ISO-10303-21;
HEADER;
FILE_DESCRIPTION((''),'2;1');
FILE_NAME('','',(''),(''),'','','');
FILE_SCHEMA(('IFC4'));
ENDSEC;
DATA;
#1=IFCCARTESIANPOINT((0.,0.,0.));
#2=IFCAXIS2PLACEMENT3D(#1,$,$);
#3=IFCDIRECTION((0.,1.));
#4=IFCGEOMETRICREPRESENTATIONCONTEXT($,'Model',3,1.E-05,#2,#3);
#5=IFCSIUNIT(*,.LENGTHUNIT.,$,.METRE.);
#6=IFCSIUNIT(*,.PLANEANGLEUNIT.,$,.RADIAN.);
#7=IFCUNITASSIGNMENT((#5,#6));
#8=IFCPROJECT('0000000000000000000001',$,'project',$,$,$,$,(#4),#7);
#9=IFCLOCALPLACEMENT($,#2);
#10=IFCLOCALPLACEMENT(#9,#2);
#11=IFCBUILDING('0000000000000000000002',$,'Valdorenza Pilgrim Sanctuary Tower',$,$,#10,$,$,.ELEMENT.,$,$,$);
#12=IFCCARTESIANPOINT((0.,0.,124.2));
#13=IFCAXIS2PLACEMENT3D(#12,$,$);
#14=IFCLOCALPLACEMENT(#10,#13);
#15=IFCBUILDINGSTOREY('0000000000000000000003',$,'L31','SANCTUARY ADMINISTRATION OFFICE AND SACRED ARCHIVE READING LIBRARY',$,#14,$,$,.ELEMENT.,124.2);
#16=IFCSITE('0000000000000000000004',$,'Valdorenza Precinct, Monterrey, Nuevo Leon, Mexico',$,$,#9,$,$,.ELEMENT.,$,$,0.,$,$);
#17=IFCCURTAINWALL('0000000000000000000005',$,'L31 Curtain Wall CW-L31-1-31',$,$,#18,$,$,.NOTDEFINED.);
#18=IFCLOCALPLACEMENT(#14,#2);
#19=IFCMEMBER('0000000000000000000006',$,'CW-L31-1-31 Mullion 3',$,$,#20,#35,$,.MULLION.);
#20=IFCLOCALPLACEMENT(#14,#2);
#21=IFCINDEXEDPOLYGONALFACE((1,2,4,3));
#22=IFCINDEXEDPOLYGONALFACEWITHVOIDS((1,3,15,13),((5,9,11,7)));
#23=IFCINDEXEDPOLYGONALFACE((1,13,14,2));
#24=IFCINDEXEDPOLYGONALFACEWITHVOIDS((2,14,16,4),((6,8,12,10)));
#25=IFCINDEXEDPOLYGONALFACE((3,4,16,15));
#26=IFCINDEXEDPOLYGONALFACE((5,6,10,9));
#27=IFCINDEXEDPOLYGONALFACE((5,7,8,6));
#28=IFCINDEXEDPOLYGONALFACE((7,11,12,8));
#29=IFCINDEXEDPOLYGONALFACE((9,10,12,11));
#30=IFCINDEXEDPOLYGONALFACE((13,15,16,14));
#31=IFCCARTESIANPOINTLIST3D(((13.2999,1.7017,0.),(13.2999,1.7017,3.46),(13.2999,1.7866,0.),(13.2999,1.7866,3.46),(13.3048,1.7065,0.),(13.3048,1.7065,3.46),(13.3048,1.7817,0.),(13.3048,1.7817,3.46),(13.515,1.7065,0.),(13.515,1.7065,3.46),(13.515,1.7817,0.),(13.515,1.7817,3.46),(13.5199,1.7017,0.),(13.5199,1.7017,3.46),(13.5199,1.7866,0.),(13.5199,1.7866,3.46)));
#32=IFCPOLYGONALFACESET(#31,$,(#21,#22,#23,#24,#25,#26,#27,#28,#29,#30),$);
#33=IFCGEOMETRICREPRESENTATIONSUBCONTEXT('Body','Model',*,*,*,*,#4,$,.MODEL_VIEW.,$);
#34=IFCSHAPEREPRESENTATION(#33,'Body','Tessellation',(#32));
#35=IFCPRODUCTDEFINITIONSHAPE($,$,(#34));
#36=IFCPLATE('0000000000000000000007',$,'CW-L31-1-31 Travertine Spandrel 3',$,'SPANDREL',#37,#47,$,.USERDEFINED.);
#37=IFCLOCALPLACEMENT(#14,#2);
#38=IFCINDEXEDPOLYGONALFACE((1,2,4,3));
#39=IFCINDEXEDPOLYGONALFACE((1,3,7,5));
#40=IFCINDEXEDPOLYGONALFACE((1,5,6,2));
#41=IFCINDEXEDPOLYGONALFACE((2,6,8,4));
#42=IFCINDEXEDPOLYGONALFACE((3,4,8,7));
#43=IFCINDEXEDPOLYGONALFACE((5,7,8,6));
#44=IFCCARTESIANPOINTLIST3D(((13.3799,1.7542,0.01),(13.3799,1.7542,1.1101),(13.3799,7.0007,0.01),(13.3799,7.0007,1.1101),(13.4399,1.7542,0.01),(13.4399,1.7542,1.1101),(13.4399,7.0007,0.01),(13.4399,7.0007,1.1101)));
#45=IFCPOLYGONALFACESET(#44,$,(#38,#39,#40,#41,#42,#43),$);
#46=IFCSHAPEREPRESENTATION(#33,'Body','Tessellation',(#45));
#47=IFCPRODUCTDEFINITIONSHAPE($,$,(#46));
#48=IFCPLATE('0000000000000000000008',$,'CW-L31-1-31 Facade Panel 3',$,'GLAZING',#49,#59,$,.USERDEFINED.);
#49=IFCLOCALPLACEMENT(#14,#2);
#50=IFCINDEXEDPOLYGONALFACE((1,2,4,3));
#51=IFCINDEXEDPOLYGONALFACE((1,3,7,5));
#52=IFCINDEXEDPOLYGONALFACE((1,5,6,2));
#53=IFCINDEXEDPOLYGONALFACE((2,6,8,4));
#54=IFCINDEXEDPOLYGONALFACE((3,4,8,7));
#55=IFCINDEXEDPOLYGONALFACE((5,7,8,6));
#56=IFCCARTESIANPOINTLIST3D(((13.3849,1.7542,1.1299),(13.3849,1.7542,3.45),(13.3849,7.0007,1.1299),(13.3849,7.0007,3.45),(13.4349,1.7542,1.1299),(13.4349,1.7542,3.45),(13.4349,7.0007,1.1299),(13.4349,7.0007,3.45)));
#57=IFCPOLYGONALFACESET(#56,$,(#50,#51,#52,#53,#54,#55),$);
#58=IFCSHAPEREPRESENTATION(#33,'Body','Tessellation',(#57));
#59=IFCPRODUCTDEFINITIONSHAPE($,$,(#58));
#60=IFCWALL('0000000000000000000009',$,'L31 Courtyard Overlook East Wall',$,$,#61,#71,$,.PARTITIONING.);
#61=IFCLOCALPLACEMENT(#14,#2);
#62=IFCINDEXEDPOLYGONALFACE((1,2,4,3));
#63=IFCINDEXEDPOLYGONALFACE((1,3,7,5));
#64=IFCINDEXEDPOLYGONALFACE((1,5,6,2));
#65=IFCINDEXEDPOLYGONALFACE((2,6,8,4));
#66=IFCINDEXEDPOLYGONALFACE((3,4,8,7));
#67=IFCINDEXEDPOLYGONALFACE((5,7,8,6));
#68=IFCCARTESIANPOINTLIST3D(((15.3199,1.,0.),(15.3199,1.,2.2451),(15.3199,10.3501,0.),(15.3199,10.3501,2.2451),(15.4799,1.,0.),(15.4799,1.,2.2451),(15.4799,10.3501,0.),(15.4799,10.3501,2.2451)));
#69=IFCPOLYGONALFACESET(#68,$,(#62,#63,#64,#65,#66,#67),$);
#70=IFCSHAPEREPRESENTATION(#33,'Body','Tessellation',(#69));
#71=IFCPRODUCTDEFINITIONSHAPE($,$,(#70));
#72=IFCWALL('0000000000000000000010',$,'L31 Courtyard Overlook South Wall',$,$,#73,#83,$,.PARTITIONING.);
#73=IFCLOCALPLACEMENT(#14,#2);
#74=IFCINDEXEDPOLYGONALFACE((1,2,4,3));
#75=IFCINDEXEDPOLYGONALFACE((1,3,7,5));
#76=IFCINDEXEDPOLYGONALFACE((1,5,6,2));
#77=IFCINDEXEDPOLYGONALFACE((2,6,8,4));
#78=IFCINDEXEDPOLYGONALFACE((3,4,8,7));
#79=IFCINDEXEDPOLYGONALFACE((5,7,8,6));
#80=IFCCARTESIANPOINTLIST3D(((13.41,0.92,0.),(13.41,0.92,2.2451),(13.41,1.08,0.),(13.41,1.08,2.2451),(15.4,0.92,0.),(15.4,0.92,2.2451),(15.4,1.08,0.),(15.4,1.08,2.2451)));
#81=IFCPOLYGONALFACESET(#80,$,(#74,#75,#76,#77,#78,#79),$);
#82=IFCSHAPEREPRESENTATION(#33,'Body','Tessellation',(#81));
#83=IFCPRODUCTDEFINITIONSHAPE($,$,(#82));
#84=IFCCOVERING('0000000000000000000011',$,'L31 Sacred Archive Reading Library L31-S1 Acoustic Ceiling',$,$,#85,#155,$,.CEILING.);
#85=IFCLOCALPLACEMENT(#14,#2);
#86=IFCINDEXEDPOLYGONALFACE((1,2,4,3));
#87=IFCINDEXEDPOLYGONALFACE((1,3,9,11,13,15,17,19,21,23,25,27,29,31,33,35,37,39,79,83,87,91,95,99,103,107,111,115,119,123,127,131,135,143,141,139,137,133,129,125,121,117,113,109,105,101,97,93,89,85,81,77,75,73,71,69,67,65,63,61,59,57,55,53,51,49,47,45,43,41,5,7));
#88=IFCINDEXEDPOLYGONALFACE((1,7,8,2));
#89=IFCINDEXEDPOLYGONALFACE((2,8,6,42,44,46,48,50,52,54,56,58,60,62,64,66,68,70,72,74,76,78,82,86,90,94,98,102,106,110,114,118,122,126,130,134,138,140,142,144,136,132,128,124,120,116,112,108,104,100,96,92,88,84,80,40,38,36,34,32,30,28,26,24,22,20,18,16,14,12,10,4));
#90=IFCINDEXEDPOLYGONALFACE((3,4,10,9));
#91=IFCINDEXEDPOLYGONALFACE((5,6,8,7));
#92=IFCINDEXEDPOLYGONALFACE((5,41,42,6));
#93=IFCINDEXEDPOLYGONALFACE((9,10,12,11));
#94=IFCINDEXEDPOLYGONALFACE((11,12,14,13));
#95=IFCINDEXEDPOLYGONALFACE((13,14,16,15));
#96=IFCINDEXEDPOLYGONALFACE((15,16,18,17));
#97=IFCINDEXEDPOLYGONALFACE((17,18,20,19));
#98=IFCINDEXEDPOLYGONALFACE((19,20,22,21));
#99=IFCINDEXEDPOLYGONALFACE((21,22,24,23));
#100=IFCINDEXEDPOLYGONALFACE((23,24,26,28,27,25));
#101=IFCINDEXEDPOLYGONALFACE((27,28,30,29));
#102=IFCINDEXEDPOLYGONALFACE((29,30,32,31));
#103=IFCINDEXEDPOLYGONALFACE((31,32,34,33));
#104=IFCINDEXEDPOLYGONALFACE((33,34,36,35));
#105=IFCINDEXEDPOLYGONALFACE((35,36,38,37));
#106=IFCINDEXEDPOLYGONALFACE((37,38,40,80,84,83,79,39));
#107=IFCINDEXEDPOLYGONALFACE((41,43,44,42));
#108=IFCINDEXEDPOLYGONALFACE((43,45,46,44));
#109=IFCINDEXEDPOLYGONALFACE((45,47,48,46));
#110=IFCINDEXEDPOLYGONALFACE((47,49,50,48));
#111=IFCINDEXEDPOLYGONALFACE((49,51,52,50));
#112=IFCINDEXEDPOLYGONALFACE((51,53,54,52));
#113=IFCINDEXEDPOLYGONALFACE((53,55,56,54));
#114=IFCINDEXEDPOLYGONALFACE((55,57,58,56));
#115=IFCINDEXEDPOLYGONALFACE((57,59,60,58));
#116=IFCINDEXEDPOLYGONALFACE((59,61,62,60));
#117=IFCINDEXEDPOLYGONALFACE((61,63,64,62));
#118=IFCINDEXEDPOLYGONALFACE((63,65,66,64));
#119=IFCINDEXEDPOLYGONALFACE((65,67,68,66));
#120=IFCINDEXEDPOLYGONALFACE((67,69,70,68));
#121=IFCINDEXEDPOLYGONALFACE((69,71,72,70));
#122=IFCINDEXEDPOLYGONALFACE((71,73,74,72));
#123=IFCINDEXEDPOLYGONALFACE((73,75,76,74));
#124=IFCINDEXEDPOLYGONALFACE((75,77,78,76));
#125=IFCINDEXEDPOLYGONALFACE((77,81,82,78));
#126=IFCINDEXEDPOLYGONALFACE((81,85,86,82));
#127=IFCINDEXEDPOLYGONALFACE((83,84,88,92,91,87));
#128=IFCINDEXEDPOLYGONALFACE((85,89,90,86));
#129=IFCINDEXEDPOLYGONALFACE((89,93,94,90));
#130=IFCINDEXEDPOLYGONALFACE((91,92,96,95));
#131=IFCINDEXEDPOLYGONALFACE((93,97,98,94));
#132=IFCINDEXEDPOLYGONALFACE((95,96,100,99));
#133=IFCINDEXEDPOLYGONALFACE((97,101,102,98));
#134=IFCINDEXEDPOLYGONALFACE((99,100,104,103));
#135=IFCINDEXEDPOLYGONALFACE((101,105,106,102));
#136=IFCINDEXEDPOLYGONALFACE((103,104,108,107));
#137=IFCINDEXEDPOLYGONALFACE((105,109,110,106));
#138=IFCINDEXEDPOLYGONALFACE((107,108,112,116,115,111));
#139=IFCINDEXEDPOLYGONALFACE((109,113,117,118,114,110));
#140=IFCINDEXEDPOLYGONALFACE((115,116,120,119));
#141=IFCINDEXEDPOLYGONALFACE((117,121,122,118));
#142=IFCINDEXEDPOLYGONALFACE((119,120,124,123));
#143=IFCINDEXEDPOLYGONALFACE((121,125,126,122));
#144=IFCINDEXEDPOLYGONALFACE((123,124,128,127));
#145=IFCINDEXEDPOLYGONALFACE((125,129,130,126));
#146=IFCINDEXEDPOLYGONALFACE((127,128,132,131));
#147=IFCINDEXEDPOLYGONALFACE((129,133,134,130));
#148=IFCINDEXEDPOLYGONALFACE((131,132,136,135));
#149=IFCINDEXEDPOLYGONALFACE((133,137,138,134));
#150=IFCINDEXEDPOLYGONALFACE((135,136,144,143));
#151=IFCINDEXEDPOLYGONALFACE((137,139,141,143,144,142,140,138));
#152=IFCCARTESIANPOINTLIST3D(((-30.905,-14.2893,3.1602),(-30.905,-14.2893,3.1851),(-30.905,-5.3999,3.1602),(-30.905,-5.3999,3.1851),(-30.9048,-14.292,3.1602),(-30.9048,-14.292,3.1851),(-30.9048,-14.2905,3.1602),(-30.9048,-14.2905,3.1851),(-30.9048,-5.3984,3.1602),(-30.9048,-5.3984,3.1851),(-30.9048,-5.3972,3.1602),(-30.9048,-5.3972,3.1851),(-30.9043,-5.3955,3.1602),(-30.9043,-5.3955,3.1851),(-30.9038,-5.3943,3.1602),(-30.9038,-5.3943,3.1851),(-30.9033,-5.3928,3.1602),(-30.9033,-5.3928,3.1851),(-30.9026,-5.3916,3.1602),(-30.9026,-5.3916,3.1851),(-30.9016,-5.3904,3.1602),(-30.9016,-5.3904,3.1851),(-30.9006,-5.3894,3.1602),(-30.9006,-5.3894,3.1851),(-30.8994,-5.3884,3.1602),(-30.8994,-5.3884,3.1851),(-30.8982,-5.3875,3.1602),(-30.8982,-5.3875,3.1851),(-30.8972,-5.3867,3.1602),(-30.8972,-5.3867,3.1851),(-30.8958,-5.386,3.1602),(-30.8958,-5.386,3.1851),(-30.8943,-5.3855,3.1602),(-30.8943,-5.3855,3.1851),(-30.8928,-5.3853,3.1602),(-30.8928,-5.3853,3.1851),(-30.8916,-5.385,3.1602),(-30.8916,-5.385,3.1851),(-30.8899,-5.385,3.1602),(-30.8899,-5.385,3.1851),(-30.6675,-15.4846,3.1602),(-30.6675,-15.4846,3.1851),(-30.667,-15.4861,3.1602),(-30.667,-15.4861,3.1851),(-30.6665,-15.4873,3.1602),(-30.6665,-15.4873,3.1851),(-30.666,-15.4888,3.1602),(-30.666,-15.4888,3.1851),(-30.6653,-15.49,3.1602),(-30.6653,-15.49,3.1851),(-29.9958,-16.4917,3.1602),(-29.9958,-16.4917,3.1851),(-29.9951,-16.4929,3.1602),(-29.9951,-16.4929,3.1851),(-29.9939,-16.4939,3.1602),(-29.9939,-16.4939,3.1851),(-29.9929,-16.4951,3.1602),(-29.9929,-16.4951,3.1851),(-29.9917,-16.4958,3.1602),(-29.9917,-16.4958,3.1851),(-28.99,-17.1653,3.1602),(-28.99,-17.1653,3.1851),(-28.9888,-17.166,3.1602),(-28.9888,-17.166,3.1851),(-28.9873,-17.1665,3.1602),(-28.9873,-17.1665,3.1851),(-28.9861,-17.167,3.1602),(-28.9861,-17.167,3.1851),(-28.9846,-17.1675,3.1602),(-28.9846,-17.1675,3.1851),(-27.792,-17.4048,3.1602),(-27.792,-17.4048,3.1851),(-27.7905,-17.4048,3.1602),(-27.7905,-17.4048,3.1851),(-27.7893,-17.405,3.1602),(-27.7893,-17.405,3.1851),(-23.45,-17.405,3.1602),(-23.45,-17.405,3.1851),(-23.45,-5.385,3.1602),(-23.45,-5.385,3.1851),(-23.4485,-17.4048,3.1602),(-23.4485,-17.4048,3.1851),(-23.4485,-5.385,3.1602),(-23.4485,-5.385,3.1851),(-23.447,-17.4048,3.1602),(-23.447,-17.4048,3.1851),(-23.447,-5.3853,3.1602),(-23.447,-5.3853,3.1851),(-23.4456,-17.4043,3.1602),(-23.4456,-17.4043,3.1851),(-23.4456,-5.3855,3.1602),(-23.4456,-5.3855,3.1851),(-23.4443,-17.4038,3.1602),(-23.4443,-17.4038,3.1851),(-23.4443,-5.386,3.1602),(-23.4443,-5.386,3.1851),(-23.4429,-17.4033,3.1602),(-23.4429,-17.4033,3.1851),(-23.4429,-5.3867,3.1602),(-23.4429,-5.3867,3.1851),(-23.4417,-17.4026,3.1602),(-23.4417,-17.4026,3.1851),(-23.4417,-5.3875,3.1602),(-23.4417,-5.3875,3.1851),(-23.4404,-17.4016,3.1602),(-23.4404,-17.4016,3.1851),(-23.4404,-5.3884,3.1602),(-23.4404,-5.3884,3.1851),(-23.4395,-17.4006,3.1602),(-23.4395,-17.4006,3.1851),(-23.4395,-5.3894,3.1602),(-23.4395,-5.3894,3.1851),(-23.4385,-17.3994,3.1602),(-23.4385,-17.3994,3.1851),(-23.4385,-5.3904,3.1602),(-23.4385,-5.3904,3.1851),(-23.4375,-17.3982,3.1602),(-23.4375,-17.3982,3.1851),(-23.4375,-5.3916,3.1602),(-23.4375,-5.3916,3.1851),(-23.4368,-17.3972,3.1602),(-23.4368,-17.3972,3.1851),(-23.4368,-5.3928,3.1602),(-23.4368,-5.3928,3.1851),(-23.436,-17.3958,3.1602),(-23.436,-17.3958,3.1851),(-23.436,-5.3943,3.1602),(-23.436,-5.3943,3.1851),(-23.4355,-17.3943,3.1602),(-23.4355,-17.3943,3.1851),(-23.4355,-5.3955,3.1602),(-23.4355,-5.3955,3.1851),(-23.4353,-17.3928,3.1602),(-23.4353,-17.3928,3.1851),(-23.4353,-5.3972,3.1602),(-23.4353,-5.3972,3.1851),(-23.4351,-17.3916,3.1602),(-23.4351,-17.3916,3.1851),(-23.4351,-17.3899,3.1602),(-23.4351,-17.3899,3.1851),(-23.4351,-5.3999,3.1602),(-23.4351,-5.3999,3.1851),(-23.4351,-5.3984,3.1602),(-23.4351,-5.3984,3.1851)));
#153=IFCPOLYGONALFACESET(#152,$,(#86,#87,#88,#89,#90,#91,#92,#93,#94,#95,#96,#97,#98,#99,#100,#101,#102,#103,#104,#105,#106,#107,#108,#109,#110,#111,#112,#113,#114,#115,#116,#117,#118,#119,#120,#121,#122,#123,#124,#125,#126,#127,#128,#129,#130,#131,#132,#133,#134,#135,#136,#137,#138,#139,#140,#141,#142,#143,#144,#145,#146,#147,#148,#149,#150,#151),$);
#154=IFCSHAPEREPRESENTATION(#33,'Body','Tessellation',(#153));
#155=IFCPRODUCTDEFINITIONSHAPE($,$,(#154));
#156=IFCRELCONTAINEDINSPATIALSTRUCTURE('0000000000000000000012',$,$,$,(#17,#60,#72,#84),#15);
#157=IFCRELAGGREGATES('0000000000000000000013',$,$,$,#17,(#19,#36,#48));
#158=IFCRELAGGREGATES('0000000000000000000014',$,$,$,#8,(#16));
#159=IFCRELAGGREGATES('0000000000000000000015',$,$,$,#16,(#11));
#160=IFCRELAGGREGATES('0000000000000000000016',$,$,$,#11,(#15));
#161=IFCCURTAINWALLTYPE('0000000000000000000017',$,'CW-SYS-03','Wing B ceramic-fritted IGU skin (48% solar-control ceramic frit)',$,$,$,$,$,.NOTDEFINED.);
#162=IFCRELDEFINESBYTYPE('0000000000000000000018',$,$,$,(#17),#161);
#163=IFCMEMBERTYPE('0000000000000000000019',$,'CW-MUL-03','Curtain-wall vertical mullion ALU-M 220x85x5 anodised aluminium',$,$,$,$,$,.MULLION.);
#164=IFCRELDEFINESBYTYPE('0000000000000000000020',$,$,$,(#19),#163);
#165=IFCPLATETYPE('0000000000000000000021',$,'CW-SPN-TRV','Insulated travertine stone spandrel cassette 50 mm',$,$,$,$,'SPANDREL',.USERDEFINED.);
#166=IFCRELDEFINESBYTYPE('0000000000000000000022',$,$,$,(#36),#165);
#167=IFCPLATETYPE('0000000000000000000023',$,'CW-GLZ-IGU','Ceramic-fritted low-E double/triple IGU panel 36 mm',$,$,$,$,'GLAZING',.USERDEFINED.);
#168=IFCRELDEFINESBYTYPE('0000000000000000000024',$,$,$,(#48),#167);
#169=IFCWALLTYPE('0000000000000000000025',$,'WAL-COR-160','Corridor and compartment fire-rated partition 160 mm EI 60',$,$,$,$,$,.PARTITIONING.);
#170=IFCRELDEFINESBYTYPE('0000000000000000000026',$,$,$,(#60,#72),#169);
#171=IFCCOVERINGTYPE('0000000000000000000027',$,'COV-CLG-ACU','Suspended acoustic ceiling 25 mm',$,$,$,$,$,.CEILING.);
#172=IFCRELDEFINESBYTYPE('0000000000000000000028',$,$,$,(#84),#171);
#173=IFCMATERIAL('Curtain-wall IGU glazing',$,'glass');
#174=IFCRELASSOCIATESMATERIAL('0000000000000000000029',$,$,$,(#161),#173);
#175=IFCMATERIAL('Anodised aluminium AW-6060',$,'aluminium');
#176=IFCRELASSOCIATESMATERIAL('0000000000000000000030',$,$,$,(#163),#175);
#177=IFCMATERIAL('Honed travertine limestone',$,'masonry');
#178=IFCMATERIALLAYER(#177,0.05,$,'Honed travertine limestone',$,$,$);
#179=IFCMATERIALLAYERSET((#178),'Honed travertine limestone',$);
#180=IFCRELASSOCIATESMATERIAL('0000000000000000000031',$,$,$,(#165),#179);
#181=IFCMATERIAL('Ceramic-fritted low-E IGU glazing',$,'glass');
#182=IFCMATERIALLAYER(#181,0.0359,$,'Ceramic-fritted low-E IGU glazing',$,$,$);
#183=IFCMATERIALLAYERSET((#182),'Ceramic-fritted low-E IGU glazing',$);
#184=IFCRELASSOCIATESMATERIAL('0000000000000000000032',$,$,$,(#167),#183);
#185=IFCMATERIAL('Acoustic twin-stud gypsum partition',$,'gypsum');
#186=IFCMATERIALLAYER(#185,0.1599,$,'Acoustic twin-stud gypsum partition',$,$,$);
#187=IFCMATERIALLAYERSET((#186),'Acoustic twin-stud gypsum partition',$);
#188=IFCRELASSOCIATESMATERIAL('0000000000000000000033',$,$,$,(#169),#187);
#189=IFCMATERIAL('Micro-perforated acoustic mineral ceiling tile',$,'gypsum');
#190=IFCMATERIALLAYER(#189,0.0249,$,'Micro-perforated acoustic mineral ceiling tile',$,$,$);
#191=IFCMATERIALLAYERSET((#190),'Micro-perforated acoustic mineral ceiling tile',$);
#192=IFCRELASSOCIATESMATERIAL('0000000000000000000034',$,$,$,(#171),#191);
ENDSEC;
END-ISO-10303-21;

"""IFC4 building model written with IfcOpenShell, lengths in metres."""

from ifc_helpers import new_model, si_unit, direction, frame, frame_2d, origin, origin_2d, place, context, subcontext, project, spatial, polyline, rectangle, hollow_rectangle, outline, extrude, source, transform, mapped, material, layer, layer_set, material_profile, profile_set, type_object, element, aggregate, save


model = new_model("IFC4")

# Units and contexts
model_context = context("Model", 3, precision=1e-05, world=origin(), true_north=direction((0.0, 1.0)))
body_context = subcontext(model_context, "Body", "Model", "MODEL_VIEW")
ifc_project = project(units=[si_unit("LENGTHUNIT", "METRE"), si_unit("PLANEANGLEUNIT", "RADIAN")], contexts=[model_context])

# Site, building, storey
site_placement = place(None, origin())
site = spatial("IfcSite", under=ifc_project, at=site_placement, Name="Valdorenza Precinct, Monterrey, Nuevo Leon, Mexico", CompositionType="ELEMENT", RefElevation=0.0)
building_placement = place(site_placement, origin())
building = spatial("IfcBuilding", under=site, at=building_placement, Name="Valdorenza Pilgrim Sanctuary Tower", CompositionType="ELEMENT")
storey_placement = place(building_placement, frame((0.0, 0.0, 124.2)))
storey = spatial("IfcBuildingStorey", under=building, at=storey_placement, Name="L31", Description="SANCTUARY ADMINISTRATION OFFICE AND SACRED ARCHIVE READING LIBRARY", CompositionType="ELEMENT", Elevation=124.2)

# Curtain wall, member, plates
ifc_material_1 = material(Name="Curtain-wall IGU glazing", Category="glass")
curtain_wall_type = type_object("IfcCurtainWallType", Name="CW-SYS-03", Description="Wing B ceramic-fritted IGU skin (48% solar-control ceramic frit)", PredefinedType="NOTDEFINED", material=ifc_material_1)
curtain_wall_placement = place(storey_placement, origin())
curtain_wall = element("IfcCurtainWall", 1, at=curtain_wall_placement, inside=storey, type_object=curtain_wall_type, Name="L31 Curtain Wall CW-L31-1-31", PredefinedType="NOTDEFINED")
ifc_material_2 = material(Name="Anodised aluminium AW-6060", Category="aluminium")
ifc_material_profile = material_profile(ifc_material_2, hollow_rectangle(XDim=0.085, YDim=0.22, WallThickness=0.0049, at=origin_2d()), Name="ALU-M 220x85x5")
ifc_profile_set = profile_set([ifc_material_profile], Name="Anodised aluminium AW-6060")
member_type = type_object("IfcMemberType", Name="CW-MUL-03", Description="Curtain-wall vertical mullion ALU-M 220x85x5 anodised aluminium", PredefinedType="MULLION", material=ifc_profile_set)
shared_shape_1 = source(origin(), body_context, "Body", "SweptSolid", [
    extrude(hollow_rectangle(XDim=0.085, YDim=0.22, WallThickness=0.0049, at=origin_2d()), origin(), (0.0, 0.0, 1.0), 3.46),
])
member_placement = place(storey_placement, frame((13.4099, 1.7441, 0.0), z_axis=(0.0, 0.0, 1.0), x_axis=(0.0, 1.0, 0.0)))
member = element("IfcMember", 2, at=member_placement, type_object=member_type, Name="CW-L31-1-31 Mullion 3", PredefinedType="MULLION", context=body_context, shape_type="MappedRepresentation", body=[
    mapped(shared_shape_1, transform((0.0, 0.0, 0.0), x_axis=(1.0, 0.0, 0.0), y_axis=(0.0, 1.0, 0.0), z_axis=(0.0, 0.0, 1.0), scale=1.0)),
])
ifc_material_3 = material(Name="Honed travertine limestone", Category="masonry")
ifc_layer_1 = layer(ifc_material_3, 0.05, Name="Honed travertine limestone")
ifc_layer_set_1 = layer_set([ifc_layer_1], Name="Honed travertine limestone")
plate_type_1 = type_object("IfcPlateType", Name="CW-SPN-TRV", Description="Insulated travertine stone spandrel cassette 50 mm", ElementType="SPANDREL", PredefinedType="USERDEFINED", material=ifc_layer_set_1)
shared_shape_2 = source(origin(), body_context, "Body", "SweptSolid", [
    extrude(rectangle(XDim=5.2466, YDim=0.0601, at=origin_2d()), origin(), (0.0, 0.0, 1.0), 1.1001),
])
plate_1_placement = place(storey_placement, frame((13.4099, 4.3774, 0.01), z_axis=(0.0, 0.0, 1.0), x_axis=(0.0, 1.0, 0.0)))
plate_1 = element("IfcPlate", 3, at=plate_1_placement, type_object=plate_type_1, Name="CW-L31-1-31 Travertine Spandrel 3", ObjectType="SPANDREL", PredefinedType="USERDEFINED", context=body_context, shape_type="MappedRepresentation", body=[
    mapped(shared_shape_2, transform((0.0, 0.0, 0.0), x_axis=(1.0, 0.0, 0.0), y_axis=(0.0, 1.0, 0.0), z_axis=(0.0, 0.0, 1.0), scale=1.0)),
])
ifc_material_4 = material(Name="Ceramic-fritted low-E IGU glazing", Category="glass")
ifc_layer_2 = layer(ifc_material_4, 0.0359, Name="Ceramic-fritted low-E IGU glazing")
ifc_layer_set_2 = layer_set([ifc_layer_2], Name="Ceramic-fritted low-E IGU glazing")
plate_type_2 = type_object("IfcPlateType", Name="CW-GLZ-IGU", Description="Ceramic-fritted low-E double/triple IGU panel 36 mm", ElementType="GLAZING", PredefinedType="USERDEFINED", material=ifc_layer_set_2)
shared_shape_3 = source(origin(), body_context, "Body", "SweptSolid", [
    extrude(rectangle(XDim=5.2466, YDim=0.05, at=origin_2d()), origin(), (0.0, 0.0, 1.0), 2.3201),
])
plate_2_placement = place(storey_placement, frame((13.4099, 4.3774, 1.1299), z_axis=(0.0, 0.0, 1.0), x_axis=(0.0, 1.0, 0.0)))
plate_2 = element("IfcPlate", 4, at=plate_2_placement, type_object=plate_type_2, Name="CW-L31-1-31 Facade Panel 3", ObjectType="GLAZING", PredefinedType="USERDEFINED", context=body_context, shape_type="MappedRepresentation", body=[
    mapped(shared_shape_3, transform((0.0, 0.0, 0.0), x_axis=(1.0, 0.0, 0.0), y_axis=(0.0, 1.0, 0.0), z_axis=(0.0, 0.0, 1.0), scale=1.0)),
])
aggregate(curtain_wall, [member, plate_1, plate_2])

# Walls
ifc_material_5 = material(Name="Acoustic twin-stud gypsum partition", Category="gypsum")
ifc_layer_3 = layer(ifc_material_5, 0.1599, Name="Acoustic twin-stud gypsum partition")
ifc_layer_set_3 = layer_set([ifc_layer_3], Name="Acoustic twin-stud gypsum partition")
wall_type = type_object("IfcWallType", Name="WAL-COR-160", Description="Corridor and compartment fire-rated partition 160 mm EI 60", PredefinedType="PARTITIONING", material=ifc_layer_set_3)
wall_1_placement = place(storey_placement, frame((15.3999, 1.0, 0.0), z_axis=(0.0, 0.0, 1.0), x_axis=(0.0, 1.0, 0.0)))
element("IfcWall", 5, at=wall_1_placement, inside=storey, type_object=wall_type, Name="L31 Courtyard Overlook East Wall", PredefinedType="PARTITIONING", context=body_context, shape_type="SweptSolid", body=[
    extrude(rectangle(XDim=9.3501, YDim=0.1599, at=frame_2d((4.675, 0.0))), origin(), (0.0, 0.0, 1.0), 2.2451),
])
wall_2_placement = place(storey_placement, frame((13.4099, 1.0, 0.0), z_axis=(0.0, 0.0, 1.0), x_axis=(1.0, 0.0, 0.0)))
element("IfcWall", 6, at=wall_2_placement, inside=storey, type_object=wall_type, Name="L31 Courtyard Overlook South Wall", PredefinedType="PARTITIONING", context=body_context, shape_type="SweptSolid", body=[
    extrude(rectangle(XDim=1.99, YDim=0.1599, at=frame_2d((0.9951, 0.0))), origin(), (0.0, 0.0, 1.0), 2.2451),
])

# Covering
ifc_material_6 = material(Name="Micro-perforated acoustic mineral ceiling tile", Category="gypsum")
ifc_layer_4 = layer(ifc_material_6, 0.0249, Name="Micro-perforated acoustic mineral ceiling tile")
ifc_layer_set_4 = layer_set([ifc_layer_4], Name="Micro-perforated acoustic mineral ceiling tile")
covering_type_1 = type_object("IfcCoveringType", Name="COV-CLG-ACU", Description="Suspended acoustic ceiling 25 mm", PredefinedType="CEILING", material=ifc_layer_set_4)
covering_1_placement = place(storey_placement, frame((0.0, 0.0, 3.1602)))
element("IfcCovering", 7, at=covering_1_placement, inside=storey, type_object=covering_type_1, Name="L31 Sacred Archive Reading Library L31-S1 Acoustic Ceiling", PredefinedType="CEILING", context=body_context, shape_type="SweptSolid", body=[
    extrude(outline(polyline([(-23.4351, -17.3899), (-23.4351, -17.3916), (-23.4353, -17.3928), (-23.4355, -17.3943), (-23.436, -17.3958), (-23.4368, -17.3972), (-23.4375, -17.3982), (-23.4385, -17.3994), (-23.4395, -17.4006), (-23.4404, -17.4016), (-23.4417, -17.4026), (-23.4429, -17.4033), (-23.4443, -17.4038), (-23.4456, -17.4043), (-23.447, -17.4048), (-23.4485, -17.4048), (-23.45, -17.405), (-27.7893, -17.405), (-27.7905, -17.4048), (-27.792, -17.4048), (-28.9846, -17.1675), (-28.9861, -17.167), (-28.9873, -17.1665), (-28.9888, -17.166), (-28.99, -17.1653), (-29.9917, -16.4958), (-29.9929, -16.4951), (-29.9939, -16.4939), (-29.9951, -16.4929), (-29.9958, -16.4917), (-30.6653, -15.49), (-30.666, -15.4888), (-30.6665, -15.4873), (-30.667, -15.4861), (-30.6675, -15.4846), (-30.9048, -14.292), (-30.9048, -14.2905), (-30.905, -14.2893), (-30.905, -5.3999), (-30.9048, -5.3984), (-30.9048, -5.3972), (-30.9043, -5.3955), (-30.9038, -5.3943), (-30.9033, -5.3928), (-30.9026, -5.3916), (-30.9016, -5.3904), (-30.9006, -5.3894), (-30.8994, -5.3884), (-30.8982, -5.3875), (-30.8972, -5.3867), (-30.8958, -5.386), (-30.8943, -5.3855), (-30.8928, -5.3853), (-30.8916, -5.385), (-30.8899, -5.385), (-23.45, -5.385), (-23.4485, -5.385), (-23.447, -5.3853), (-23.4456, -5.3855), (-23.4443, -5.386), (-23.4429, -5.3867), (-23.4417, -5.3875), (-23.4404, -5.3884), (-23.4395, -5.3894), (-23.4385, -5.3904), (-23.4375, -5.3916), (-23.4368, -5.3928), (-23.436, -5.3943), (-23.4355, -5.3955), (-23.4353, -5.3972), (-23.4351, -5.3984), (-23.4351, -5.3999), (-23.4351, -17.3899)])), origin(), (0.0, 0.0, 1.0), 0.0249),
])

save(model, "model.ifc")
